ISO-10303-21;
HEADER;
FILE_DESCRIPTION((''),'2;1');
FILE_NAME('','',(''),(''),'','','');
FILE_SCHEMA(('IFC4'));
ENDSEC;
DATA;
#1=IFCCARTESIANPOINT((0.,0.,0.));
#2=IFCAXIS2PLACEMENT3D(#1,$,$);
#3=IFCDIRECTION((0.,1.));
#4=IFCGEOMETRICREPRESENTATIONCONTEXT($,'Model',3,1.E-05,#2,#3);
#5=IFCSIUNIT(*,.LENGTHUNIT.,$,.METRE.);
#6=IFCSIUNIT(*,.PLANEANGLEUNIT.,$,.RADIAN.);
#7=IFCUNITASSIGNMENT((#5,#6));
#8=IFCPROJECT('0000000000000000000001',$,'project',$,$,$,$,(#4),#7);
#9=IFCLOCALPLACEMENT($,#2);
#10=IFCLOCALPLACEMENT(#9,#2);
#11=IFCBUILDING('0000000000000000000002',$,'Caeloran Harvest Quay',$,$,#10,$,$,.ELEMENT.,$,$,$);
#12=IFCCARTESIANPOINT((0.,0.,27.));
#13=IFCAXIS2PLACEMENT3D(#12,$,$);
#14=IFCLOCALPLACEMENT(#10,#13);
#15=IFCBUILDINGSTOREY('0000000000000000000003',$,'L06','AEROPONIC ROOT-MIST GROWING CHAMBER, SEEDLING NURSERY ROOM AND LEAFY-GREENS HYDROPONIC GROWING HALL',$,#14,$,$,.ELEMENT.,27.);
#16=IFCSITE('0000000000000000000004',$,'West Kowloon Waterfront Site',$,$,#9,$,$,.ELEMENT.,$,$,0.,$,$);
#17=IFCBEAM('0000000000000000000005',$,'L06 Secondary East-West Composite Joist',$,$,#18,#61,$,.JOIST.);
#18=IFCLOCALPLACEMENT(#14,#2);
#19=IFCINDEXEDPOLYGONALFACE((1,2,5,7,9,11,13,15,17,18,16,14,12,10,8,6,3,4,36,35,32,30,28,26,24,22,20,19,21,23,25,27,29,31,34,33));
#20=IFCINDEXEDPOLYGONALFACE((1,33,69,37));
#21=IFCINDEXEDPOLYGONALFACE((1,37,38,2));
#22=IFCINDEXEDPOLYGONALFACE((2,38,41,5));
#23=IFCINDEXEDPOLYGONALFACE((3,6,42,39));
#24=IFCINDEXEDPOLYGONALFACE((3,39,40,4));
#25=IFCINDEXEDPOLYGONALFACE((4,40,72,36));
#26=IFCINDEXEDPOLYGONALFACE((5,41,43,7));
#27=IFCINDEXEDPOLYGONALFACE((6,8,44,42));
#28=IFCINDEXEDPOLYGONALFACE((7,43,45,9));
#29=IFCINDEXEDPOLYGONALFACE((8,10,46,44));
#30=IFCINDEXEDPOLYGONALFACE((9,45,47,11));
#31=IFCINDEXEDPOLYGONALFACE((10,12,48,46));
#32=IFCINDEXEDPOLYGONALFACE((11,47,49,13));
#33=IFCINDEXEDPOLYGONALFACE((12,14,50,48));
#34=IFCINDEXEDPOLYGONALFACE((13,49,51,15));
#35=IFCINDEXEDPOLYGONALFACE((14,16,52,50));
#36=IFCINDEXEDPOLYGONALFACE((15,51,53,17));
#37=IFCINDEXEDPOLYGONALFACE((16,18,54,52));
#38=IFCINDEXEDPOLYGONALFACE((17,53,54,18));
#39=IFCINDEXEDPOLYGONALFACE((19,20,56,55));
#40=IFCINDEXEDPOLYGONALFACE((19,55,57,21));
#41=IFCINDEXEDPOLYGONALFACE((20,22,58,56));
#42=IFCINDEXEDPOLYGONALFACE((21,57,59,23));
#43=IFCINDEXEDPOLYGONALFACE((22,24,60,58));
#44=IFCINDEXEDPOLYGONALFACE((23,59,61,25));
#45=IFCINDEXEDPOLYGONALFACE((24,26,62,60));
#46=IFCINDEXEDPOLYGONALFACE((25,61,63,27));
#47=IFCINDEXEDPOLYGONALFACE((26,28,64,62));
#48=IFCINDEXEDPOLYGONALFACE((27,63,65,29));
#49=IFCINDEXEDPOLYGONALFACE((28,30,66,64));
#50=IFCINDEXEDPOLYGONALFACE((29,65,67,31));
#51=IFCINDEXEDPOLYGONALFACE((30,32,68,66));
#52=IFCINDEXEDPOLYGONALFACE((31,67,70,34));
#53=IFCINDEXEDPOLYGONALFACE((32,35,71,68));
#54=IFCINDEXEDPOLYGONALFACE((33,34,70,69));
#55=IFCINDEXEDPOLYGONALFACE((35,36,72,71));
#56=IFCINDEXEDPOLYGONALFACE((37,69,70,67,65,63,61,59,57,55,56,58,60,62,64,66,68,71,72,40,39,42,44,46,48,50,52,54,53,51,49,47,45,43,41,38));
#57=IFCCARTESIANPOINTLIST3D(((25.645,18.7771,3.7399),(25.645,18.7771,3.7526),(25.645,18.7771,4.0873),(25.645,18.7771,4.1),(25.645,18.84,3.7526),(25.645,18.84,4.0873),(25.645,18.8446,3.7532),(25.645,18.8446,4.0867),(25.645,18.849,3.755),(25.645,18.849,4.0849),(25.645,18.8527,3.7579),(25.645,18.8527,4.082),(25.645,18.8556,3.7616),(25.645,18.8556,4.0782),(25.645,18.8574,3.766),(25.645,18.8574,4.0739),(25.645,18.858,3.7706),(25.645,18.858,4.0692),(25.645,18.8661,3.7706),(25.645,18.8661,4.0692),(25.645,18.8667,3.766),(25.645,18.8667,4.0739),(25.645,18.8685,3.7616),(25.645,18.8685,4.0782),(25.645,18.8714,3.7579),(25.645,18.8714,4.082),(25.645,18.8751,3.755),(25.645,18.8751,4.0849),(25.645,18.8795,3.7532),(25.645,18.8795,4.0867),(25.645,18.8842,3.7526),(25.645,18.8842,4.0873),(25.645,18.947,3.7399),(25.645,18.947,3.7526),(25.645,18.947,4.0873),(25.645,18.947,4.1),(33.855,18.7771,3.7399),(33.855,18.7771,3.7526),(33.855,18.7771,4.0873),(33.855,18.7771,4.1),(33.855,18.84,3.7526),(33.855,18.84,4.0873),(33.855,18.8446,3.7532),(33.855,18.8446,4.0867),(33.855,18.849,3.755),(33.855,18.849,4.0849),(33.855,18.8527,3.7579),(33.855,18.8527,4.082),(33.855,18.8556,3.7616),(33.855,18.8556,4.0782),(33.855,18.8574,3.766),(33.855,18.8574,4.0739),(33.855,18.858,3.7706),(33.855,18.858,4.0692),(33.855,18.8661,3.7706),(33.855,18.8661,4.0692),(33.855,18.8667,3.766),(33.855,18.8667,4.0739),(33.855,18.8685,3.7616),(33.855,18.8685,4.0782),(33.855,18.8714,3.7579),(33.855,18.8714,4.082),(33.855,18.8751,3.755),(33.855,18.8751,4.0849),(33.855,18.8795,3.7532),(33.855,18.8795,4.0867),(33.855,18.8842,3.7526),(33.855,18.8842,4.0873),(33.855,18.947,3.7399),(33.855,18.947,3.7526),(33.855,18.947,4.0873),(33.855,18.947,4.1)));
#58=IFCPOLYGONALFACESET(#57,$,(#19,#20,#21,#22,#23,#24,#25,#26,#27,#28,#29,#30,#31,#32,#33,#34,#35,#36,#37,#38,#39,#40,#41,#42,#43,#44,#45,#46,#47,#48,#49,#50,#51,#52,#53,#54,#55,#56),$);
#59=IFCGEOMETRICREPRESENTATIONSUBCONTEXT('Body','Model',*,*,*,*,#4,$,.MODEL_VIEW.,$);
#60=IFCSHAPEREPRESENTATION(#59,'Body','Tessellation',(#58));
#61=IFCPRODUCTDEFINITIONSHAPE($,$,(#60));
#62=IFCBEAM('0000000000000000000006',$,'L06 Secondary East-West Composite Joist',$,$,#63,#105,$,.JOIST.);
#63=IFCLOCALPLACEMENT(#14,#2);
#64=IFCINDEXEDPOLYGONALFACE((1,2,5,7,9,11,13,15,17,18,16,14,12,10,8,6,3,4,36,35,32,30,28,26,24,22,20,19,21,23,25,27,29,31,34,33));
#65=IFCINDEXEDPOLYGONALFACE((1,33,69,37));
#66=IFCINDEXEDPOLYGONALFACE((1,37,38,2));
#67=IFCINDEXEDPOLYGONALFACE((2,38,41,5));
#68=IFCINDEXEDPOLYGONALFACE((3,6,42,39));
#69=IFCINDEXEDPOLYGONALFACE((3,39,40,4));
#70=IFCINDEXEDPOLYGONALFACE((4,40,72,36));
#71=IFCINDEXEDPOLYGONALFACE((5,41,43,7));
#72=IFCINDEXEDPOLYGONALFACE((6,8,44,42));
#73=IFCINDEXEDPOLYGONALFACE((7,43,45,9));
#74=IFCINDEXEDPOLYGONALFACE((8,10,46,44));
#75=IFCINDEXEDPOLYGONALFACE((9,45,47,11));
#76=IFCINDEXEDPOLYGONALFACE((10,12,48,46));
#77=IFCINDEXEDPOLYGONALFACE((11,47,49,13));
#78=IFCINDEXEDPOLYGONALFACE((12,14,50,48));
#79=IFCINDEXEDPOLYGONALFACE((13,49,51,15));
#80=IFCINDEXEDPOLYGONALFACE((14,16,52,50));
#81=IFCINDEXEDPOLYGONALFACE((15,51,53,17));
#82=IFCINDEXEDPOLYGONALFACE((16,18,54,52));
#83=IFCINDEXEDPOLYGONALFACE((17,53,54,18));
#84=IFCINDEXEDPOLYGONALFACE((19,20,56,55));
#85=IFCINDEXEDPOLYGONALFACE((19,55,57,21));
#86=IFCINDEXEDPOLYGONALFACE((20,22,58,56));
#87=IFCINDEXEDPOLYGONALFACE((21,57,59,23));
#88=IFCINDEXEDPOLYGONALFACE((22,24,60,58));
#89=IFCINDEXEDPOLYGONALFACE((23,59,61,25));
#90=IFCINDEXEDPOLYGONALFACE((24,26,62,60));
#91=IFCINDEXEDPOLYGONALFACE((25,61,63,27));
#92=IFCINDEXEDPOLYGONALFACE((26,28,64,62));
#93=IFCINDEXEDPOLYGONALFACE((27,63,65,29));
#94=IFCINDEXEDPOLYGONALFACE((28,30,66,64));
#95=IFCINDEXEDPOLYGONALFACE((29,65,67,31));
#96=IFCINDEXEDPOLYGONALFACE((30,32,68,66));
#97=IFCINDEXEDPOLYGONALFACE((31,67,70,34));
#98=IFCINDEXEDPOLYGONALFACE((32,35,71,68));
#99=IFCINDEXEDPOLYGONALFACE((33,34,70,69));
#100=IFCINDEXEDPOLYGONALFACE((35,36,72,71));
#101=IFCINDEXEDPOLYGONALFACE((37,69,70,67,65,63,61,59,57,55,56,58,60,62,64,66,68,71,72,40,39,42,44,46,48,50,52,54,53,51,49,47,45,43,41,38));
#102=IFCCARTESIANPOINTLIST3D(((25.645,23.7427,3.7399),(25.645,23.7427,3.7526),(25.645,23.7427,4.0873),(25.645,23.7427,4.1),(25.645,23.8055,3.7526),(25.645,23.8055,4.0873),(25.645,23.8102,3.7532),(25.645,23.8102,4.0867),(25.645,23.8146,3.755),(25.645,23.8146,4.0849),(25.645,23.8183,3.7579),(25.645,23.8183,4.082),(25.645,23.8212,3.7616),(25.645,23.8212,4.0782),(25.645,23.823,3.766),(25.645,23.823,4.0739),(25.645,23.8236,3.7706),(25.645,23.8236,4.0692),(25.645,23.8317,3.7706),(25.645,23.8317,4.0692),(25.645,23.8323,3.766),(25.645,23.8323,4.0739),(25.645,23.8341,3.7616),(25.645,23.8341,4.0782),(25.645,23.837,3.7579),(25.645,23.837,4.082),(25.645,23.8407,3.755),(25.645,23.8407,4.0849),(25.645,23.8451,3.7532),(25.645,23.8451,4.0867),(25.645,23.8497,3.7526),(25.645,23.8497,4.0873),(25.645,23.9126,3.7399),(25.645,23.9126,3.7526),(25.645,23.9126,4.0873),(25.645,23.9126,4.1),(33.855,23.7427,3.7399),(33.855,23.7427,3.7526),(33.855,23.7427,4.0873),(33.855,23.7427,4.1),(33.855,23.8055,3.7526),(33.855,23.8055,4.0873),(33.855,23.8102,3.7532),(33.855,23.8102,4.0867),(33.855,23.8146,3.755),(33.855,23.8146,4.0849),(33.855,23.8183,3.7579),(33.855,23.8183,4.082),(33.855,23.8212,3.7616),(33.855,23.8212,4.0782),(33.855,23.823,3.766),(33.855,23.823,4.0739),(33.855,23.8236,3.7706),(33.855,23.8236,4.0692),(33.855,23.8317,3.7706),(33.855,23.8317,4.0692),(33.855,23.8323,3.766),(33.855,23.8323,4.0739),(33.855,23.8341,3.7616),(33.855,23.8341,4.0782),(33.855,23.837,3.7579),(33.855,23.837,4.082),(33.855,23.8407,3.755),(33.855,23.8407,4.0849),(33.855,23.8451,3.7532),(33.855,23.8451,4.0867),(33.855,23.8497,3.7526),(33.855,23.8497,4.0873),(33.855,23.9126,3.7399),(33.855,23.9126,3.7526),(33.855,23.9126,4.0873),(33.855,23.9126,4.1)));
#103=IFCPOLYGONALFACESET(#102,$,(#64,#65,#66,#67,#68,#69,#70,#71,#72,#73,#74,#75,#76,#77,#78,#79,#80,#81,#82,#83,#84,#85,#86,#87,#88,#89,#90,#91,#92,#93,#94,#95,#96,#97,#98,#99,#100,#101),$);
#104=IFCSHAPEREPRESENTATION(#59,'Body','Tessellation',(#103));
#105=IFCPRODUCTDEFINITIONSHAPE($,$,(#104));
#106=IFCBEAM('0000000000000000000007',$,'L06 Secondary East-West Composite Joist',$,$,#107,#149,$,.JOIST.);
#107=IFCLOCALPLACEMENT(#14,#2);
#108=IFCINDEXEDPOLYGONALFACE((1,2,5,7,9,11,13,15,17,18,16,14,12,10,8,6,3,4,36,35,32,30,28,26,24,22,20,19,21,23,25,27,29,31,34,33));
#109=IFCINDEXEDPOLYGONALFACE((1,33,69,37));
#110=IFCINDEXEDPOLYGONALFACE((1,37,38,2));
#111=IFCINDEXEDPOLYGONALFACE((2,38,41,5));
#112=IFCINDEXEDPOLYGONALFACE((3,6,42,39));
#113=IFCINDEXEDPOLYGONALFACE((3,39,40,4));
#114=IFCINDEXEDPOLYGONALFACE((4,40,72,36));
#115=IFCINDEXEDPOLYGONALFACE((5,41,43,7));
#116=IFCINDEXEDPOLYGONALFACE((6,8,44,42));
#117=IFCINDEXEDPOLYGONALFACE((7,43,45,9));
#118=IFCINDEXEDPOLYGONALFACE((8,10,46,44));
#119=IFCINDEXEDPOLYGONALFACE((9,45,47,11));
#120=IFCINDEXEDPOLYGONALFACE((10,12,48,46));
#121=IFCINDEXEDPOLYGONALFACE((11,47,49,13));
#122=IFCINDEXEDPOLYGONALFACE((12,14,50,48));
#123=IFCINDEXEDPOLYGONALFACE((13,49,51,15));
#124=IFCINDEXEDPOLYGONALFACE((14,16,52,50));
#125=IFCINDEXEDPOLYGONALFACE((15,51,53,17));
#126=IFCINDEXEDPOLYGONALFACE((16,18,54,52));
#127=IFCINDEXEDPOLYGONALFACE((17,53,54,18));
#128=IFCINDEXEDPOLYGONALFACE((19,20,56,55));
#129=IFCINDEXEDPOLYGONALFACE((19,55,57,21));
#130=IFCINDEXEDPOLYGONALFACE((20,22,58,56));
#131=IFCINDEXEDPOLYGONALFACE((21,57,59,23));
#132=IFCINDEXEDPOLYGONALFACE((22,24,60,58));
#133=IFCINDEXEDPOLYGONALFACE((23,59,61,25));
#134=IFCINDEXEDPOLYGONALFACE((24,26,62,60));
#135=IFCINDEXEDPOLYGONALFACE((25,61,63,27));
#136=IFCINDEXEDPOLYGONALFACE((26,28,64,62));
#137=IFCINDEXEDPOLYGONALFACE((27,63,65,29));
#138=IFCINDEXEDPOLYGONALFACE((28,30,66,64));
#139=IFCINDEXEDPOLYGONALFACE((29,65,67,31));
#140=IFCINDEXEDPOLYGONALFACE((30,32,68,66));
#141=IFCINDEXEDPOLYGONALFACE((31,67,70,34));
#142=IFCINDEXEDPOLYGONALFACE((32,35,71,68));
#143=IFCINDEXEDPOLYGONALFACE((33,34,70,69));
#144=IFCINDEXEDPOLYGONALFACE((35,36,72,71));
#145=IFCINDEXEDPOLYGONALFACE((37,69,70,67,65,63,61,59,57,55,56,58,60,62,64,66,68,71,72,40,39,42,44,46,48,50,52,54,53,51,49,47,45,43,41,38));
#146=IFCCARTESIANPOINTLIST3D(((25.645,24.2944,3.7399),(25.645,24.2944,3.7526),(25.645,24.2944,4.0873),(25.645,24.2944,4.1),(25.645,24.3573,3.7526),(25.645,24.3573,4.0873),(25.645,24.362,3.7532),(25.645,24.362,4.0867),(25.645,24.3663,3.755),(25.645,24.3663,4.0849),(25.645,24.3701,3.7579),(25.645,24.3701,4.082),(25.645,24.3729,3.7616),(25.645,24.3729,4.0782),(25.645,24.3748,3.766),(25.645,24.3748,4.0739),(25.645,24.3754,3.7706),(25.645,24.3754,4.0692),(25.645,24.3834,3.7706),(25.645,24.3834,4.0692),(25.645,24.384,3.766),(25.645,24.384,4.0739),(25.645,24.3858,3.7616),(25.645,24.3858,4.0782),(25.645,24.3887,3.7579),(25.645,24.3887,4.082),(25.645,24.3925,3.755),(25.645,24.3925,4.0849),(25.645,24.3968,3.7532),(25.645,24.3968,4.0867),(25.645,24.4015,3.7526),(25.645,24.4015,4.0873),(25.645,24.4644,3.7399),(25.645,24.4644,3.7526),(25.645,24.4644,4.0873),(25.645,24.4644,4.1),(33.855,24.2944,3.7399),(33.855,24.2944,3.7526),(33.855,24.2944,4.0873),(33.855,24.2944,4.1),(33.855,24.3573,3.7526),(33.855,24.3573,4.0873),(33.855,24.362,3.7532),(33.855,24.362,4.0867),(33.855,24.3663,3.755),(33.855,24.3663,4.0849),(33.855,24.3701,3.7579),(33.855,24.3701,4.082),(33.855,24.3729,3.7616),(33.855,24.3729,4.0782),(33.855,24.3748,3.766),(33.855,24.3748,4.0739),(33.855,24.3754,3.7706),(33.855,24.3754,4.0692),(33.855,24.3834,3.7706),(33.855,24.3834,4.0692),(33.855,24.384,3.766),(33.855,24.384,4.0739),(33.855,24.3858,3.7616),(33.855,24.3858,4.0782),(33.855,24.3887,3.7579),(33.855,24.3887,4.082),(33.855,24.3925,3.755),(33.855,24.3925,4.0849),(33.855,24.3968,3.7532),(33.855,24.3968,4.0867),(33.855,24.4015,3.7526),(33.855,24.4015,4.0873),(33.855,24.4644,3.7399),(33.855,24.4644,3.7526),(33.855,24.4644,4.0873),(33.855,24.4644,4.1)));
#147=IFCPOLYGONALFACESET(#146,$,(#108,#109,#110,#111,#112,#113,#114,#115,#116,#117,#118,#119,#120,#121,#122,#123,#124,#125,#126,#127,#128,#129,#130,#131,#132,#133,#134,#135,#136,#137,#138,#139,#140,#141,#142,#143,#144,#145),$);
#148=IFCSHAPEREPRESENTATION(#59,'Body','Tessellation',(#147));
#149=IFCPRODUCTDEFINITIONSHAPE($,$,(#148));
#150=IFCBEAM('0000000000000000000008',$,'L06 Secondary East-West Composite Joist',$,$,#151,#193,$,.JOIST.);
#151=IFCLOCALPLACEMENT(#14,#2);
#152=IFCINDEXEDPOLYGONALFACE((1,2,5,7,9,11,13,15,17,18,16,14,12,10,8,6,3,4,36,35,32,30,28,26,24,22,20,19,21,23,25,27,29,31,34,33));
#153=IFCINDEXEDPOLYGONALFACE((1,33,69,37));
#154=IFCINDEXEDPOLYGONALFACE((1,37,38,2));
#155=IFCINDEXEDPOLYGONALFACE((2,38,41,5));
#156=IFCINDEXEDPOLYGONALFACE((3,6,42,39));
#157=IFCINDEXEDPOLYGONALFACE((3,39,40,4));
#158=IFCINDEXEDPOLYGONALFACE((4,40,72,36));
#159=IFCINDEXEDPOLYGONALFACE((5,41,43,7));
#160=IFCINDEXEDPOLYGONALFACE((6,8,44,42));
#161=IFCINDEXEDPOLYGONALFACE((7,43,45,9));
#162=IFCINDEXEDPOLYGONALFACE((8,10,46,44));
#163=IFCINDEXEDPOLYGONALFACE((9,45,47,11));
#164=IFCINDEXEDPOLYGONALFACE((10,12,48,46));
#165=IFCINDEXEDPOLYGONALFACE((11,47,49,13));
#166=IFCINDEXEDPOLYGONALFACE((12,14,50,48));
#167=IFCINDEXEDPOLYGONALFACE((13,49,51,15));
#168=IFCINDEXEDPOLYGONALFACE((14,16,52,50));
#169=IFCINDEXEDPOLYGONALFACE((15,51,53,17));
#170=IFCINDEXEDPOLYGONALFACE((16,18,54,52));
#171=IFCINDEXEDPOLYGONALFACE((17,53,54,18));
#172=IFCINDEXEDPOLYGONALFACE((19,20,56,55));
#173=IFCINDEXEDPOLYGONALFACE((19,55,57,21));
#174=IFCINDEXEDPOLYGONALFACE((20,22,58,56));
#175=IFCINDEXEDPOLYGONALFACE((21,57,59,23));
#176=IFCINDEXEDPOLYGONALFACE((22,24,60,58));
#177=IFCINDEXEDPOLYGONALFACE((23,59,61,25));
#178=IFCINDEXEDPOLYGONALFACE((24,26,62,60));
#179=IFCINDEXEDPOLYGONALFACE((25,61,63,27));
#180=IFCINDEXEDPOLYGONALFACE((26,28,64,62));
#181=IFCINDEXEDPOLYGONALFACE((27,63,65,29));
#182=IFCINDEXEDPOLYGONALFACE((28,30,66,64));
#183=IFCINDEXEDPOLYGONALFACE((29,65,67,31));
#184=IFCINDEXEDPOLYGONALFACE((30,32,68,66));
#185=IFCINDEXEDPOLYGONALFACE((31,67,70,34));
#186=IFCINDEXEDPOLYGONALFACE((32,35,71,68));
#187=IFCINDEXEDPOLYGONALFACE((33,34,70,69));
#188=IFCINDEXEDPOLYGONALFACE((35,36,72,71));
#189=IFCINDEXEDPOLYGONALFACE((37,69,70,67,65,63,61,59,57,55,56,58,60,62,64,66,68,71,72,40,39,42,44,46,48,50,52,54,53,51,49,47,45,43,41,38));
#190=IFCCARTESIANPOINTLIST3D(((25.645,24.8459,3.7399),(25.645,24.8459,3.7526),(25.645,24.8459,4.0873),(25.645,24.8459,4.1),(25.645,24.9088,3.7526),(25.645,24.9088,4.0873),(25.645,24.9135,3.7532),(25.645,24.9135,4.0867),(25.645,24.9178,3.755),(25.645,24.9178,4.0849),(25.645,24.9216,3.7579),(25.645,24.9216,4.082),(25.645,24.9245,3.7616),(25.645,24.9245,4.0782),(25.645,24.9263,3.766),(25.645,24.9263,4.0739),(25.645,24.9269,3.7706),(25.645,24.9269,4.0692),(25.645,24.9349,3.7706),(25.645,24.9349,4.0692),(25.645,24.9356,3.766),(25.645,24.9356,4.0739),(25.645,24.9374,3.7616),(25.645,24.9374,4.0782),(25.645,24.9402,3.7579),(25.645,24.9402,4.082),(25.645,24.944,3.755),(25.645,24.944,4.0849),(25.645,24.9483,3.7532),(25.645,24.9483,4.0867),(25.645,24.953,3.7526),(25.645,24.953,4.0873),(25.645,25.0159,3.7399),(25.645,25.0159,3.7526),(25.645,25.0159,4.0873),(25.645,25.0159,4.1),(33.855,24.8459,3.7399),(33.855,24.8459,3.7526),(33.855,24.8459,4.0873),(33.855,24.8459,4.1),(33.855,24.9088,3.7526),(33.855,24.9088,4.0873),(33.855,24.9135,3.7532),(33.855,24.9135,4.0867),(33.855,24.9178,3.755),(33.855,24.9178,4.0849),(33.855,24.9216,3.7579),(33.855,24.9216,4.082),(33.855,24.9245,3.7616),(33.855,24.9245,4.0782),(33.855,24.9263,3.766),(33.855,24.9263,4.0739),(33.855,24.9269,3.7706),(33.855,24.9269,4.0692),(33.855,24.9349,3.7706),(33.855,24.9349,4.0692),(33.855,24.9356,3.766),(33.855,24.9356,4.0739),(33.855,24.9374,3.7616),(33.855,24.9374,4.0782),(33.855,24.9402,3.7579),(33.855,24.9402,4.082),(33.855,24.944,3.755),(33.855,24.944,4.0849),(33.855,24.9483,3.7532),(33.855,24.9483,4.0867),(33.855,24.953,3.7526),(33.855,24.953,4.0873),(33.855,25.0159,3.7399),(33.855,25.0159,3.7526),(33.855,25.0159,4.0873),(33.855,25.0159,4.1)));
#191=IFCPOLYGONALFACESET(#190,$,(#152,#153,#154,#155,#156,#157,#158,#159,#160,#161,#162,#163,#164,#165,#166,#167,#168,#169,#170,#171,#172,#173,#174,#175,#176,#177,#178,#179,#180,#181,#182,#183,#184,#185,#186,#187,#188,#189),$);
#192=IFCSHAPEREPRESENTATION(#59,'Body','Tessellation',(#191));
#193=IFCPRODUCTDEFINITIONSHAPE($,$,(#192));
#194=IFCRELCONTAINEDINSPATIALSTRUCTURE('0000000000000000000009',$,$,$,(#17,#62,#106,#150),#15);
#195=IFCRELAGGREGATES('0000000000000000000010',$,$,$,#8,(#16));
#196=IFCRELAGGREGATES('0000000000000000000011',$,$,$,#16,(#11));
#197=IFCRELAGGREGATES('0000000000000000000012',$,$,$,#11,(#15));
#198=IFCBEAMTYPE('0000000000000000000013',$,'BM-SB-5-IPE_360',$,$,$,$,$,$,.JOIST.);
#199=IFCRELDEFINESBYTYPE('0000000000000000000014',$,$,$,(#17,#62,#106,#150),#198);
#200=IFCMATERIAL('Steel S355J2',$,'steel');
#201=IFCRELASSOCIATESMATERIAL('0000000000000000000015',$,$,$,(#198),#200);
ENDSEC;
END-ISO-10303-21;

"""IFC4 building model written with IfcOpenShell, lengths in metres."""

from ifc_helpers import new_model, si_unit, direction, frame, origin, origin_2d, place, context, subcontext, project, spatial, i_section, extrude, material, material_profile, profile_set, type_object, element, save


model = new_model("IFC4")

# Units and contexts
model_context = context("Model", 3, precision=1e-05, world=origin(), true_north=direction((0.0, 1.0)))
body_context = subcontext(model_context, "Body", "Model", "MODEL_VIEW")
ifc_project = project(units=[si_unit("LENGTHUNIT", "METRE"), si_unit("PLANEANGLEUNIT", "RADIAN")], contexts=[model_context])

# Site, building, storey
site_placement = place(None, origin())
site = spatial("IfcSite", under=ifc_project, at=site_placement, Name="West Kowloon Waterfront Site", CompositionType="ELEMENT", RefElevation=0.0)
building_placement = place(site_placement, origin())
building = spatial("IfcBuilding", under=site, at=building_placement, Name="Caeloran Harvest Quay", CompositionType="ELEMENT")
storey_placement = place(building_placement, frame((0.0, 0.0, 27.0)))
storey = spatial("IfcBuildingStorey", under=building, at=storey_placement, Name="L06", Description="AEROPONIC ROOT-MIST GROWING CHAMBER, SEEDLING NURSERY ROOM AND LEAFY-GREENS HYDROPONIC GROWING HALL", CompositionType="ELEMENT", Elevation=27.0)

# Beams
ifc_material_1 = material(Name="Steel S355J2", Category="steel")
ifc_material_profile_1 = material_profile(ifc_material_1, i_section(OverallWidth=0.1699, OverallDepth=0.3601, WebThickness=0.0081, FlangeThickness=0.0127, FilletRadius=0.0181, at=origin_2d()), Name="IPE 360")
ifc_profile_set_1 = profile_set([ifc_material_profile_1], Name="Steel S355J2")
beam_type_1 = type_object("IfcBeamType", Name="BM-SB-5-IPE_360", PredefinedType="JOIST", material=ifc_profile_set_1)
for number, where, z_axis, x_axis, name in (
    (1, (25.645, 18.8621, 3.9199), (1.0, 0.0, 0.0), (0.0, 1.0, 0.0), "L06 Secondary East-West Composite Joist"),
    (2, (25.645, 23.8276, 3.9199), (1.0, 0.0, 0.0), (0.0, 1.0, 0.0), "L06 Secondary East-West Composite Joist"),
    (3, (25.645, 24.3794, 3.9199), (1.0, 0.0, 0.0), (0.0, 1.0, 0.0), "L06 Secondary East-West Composite Joist"),
    (4, (25.645, 24.9309, 3.9199), (1.0, 0.0, 0.0), (0.0, 1.0, 0.0), "L06 Secondary East-West Composite Joist"),
):
    element("IfcBeam", number, at=place(storey_placement, frame(where, z_axis=z_axis, x_axis=x_axis)), inside=storey, type_object=beam_type_1, Name=name, PredefinedType="JOIST", context=body_context, shape_type="SweptSolid", body=[
        extrude(i_section(OverallWidth=0.1699, OverallDepth=0.3601, WebThickness=0.0081, FlangeThickness=0.0127, FilletRadius=0.0181, at=origin_2d()), origin(), (0.0, 0.0, 1.0), 8.21),
    ])

save(model, "model.ifc")
